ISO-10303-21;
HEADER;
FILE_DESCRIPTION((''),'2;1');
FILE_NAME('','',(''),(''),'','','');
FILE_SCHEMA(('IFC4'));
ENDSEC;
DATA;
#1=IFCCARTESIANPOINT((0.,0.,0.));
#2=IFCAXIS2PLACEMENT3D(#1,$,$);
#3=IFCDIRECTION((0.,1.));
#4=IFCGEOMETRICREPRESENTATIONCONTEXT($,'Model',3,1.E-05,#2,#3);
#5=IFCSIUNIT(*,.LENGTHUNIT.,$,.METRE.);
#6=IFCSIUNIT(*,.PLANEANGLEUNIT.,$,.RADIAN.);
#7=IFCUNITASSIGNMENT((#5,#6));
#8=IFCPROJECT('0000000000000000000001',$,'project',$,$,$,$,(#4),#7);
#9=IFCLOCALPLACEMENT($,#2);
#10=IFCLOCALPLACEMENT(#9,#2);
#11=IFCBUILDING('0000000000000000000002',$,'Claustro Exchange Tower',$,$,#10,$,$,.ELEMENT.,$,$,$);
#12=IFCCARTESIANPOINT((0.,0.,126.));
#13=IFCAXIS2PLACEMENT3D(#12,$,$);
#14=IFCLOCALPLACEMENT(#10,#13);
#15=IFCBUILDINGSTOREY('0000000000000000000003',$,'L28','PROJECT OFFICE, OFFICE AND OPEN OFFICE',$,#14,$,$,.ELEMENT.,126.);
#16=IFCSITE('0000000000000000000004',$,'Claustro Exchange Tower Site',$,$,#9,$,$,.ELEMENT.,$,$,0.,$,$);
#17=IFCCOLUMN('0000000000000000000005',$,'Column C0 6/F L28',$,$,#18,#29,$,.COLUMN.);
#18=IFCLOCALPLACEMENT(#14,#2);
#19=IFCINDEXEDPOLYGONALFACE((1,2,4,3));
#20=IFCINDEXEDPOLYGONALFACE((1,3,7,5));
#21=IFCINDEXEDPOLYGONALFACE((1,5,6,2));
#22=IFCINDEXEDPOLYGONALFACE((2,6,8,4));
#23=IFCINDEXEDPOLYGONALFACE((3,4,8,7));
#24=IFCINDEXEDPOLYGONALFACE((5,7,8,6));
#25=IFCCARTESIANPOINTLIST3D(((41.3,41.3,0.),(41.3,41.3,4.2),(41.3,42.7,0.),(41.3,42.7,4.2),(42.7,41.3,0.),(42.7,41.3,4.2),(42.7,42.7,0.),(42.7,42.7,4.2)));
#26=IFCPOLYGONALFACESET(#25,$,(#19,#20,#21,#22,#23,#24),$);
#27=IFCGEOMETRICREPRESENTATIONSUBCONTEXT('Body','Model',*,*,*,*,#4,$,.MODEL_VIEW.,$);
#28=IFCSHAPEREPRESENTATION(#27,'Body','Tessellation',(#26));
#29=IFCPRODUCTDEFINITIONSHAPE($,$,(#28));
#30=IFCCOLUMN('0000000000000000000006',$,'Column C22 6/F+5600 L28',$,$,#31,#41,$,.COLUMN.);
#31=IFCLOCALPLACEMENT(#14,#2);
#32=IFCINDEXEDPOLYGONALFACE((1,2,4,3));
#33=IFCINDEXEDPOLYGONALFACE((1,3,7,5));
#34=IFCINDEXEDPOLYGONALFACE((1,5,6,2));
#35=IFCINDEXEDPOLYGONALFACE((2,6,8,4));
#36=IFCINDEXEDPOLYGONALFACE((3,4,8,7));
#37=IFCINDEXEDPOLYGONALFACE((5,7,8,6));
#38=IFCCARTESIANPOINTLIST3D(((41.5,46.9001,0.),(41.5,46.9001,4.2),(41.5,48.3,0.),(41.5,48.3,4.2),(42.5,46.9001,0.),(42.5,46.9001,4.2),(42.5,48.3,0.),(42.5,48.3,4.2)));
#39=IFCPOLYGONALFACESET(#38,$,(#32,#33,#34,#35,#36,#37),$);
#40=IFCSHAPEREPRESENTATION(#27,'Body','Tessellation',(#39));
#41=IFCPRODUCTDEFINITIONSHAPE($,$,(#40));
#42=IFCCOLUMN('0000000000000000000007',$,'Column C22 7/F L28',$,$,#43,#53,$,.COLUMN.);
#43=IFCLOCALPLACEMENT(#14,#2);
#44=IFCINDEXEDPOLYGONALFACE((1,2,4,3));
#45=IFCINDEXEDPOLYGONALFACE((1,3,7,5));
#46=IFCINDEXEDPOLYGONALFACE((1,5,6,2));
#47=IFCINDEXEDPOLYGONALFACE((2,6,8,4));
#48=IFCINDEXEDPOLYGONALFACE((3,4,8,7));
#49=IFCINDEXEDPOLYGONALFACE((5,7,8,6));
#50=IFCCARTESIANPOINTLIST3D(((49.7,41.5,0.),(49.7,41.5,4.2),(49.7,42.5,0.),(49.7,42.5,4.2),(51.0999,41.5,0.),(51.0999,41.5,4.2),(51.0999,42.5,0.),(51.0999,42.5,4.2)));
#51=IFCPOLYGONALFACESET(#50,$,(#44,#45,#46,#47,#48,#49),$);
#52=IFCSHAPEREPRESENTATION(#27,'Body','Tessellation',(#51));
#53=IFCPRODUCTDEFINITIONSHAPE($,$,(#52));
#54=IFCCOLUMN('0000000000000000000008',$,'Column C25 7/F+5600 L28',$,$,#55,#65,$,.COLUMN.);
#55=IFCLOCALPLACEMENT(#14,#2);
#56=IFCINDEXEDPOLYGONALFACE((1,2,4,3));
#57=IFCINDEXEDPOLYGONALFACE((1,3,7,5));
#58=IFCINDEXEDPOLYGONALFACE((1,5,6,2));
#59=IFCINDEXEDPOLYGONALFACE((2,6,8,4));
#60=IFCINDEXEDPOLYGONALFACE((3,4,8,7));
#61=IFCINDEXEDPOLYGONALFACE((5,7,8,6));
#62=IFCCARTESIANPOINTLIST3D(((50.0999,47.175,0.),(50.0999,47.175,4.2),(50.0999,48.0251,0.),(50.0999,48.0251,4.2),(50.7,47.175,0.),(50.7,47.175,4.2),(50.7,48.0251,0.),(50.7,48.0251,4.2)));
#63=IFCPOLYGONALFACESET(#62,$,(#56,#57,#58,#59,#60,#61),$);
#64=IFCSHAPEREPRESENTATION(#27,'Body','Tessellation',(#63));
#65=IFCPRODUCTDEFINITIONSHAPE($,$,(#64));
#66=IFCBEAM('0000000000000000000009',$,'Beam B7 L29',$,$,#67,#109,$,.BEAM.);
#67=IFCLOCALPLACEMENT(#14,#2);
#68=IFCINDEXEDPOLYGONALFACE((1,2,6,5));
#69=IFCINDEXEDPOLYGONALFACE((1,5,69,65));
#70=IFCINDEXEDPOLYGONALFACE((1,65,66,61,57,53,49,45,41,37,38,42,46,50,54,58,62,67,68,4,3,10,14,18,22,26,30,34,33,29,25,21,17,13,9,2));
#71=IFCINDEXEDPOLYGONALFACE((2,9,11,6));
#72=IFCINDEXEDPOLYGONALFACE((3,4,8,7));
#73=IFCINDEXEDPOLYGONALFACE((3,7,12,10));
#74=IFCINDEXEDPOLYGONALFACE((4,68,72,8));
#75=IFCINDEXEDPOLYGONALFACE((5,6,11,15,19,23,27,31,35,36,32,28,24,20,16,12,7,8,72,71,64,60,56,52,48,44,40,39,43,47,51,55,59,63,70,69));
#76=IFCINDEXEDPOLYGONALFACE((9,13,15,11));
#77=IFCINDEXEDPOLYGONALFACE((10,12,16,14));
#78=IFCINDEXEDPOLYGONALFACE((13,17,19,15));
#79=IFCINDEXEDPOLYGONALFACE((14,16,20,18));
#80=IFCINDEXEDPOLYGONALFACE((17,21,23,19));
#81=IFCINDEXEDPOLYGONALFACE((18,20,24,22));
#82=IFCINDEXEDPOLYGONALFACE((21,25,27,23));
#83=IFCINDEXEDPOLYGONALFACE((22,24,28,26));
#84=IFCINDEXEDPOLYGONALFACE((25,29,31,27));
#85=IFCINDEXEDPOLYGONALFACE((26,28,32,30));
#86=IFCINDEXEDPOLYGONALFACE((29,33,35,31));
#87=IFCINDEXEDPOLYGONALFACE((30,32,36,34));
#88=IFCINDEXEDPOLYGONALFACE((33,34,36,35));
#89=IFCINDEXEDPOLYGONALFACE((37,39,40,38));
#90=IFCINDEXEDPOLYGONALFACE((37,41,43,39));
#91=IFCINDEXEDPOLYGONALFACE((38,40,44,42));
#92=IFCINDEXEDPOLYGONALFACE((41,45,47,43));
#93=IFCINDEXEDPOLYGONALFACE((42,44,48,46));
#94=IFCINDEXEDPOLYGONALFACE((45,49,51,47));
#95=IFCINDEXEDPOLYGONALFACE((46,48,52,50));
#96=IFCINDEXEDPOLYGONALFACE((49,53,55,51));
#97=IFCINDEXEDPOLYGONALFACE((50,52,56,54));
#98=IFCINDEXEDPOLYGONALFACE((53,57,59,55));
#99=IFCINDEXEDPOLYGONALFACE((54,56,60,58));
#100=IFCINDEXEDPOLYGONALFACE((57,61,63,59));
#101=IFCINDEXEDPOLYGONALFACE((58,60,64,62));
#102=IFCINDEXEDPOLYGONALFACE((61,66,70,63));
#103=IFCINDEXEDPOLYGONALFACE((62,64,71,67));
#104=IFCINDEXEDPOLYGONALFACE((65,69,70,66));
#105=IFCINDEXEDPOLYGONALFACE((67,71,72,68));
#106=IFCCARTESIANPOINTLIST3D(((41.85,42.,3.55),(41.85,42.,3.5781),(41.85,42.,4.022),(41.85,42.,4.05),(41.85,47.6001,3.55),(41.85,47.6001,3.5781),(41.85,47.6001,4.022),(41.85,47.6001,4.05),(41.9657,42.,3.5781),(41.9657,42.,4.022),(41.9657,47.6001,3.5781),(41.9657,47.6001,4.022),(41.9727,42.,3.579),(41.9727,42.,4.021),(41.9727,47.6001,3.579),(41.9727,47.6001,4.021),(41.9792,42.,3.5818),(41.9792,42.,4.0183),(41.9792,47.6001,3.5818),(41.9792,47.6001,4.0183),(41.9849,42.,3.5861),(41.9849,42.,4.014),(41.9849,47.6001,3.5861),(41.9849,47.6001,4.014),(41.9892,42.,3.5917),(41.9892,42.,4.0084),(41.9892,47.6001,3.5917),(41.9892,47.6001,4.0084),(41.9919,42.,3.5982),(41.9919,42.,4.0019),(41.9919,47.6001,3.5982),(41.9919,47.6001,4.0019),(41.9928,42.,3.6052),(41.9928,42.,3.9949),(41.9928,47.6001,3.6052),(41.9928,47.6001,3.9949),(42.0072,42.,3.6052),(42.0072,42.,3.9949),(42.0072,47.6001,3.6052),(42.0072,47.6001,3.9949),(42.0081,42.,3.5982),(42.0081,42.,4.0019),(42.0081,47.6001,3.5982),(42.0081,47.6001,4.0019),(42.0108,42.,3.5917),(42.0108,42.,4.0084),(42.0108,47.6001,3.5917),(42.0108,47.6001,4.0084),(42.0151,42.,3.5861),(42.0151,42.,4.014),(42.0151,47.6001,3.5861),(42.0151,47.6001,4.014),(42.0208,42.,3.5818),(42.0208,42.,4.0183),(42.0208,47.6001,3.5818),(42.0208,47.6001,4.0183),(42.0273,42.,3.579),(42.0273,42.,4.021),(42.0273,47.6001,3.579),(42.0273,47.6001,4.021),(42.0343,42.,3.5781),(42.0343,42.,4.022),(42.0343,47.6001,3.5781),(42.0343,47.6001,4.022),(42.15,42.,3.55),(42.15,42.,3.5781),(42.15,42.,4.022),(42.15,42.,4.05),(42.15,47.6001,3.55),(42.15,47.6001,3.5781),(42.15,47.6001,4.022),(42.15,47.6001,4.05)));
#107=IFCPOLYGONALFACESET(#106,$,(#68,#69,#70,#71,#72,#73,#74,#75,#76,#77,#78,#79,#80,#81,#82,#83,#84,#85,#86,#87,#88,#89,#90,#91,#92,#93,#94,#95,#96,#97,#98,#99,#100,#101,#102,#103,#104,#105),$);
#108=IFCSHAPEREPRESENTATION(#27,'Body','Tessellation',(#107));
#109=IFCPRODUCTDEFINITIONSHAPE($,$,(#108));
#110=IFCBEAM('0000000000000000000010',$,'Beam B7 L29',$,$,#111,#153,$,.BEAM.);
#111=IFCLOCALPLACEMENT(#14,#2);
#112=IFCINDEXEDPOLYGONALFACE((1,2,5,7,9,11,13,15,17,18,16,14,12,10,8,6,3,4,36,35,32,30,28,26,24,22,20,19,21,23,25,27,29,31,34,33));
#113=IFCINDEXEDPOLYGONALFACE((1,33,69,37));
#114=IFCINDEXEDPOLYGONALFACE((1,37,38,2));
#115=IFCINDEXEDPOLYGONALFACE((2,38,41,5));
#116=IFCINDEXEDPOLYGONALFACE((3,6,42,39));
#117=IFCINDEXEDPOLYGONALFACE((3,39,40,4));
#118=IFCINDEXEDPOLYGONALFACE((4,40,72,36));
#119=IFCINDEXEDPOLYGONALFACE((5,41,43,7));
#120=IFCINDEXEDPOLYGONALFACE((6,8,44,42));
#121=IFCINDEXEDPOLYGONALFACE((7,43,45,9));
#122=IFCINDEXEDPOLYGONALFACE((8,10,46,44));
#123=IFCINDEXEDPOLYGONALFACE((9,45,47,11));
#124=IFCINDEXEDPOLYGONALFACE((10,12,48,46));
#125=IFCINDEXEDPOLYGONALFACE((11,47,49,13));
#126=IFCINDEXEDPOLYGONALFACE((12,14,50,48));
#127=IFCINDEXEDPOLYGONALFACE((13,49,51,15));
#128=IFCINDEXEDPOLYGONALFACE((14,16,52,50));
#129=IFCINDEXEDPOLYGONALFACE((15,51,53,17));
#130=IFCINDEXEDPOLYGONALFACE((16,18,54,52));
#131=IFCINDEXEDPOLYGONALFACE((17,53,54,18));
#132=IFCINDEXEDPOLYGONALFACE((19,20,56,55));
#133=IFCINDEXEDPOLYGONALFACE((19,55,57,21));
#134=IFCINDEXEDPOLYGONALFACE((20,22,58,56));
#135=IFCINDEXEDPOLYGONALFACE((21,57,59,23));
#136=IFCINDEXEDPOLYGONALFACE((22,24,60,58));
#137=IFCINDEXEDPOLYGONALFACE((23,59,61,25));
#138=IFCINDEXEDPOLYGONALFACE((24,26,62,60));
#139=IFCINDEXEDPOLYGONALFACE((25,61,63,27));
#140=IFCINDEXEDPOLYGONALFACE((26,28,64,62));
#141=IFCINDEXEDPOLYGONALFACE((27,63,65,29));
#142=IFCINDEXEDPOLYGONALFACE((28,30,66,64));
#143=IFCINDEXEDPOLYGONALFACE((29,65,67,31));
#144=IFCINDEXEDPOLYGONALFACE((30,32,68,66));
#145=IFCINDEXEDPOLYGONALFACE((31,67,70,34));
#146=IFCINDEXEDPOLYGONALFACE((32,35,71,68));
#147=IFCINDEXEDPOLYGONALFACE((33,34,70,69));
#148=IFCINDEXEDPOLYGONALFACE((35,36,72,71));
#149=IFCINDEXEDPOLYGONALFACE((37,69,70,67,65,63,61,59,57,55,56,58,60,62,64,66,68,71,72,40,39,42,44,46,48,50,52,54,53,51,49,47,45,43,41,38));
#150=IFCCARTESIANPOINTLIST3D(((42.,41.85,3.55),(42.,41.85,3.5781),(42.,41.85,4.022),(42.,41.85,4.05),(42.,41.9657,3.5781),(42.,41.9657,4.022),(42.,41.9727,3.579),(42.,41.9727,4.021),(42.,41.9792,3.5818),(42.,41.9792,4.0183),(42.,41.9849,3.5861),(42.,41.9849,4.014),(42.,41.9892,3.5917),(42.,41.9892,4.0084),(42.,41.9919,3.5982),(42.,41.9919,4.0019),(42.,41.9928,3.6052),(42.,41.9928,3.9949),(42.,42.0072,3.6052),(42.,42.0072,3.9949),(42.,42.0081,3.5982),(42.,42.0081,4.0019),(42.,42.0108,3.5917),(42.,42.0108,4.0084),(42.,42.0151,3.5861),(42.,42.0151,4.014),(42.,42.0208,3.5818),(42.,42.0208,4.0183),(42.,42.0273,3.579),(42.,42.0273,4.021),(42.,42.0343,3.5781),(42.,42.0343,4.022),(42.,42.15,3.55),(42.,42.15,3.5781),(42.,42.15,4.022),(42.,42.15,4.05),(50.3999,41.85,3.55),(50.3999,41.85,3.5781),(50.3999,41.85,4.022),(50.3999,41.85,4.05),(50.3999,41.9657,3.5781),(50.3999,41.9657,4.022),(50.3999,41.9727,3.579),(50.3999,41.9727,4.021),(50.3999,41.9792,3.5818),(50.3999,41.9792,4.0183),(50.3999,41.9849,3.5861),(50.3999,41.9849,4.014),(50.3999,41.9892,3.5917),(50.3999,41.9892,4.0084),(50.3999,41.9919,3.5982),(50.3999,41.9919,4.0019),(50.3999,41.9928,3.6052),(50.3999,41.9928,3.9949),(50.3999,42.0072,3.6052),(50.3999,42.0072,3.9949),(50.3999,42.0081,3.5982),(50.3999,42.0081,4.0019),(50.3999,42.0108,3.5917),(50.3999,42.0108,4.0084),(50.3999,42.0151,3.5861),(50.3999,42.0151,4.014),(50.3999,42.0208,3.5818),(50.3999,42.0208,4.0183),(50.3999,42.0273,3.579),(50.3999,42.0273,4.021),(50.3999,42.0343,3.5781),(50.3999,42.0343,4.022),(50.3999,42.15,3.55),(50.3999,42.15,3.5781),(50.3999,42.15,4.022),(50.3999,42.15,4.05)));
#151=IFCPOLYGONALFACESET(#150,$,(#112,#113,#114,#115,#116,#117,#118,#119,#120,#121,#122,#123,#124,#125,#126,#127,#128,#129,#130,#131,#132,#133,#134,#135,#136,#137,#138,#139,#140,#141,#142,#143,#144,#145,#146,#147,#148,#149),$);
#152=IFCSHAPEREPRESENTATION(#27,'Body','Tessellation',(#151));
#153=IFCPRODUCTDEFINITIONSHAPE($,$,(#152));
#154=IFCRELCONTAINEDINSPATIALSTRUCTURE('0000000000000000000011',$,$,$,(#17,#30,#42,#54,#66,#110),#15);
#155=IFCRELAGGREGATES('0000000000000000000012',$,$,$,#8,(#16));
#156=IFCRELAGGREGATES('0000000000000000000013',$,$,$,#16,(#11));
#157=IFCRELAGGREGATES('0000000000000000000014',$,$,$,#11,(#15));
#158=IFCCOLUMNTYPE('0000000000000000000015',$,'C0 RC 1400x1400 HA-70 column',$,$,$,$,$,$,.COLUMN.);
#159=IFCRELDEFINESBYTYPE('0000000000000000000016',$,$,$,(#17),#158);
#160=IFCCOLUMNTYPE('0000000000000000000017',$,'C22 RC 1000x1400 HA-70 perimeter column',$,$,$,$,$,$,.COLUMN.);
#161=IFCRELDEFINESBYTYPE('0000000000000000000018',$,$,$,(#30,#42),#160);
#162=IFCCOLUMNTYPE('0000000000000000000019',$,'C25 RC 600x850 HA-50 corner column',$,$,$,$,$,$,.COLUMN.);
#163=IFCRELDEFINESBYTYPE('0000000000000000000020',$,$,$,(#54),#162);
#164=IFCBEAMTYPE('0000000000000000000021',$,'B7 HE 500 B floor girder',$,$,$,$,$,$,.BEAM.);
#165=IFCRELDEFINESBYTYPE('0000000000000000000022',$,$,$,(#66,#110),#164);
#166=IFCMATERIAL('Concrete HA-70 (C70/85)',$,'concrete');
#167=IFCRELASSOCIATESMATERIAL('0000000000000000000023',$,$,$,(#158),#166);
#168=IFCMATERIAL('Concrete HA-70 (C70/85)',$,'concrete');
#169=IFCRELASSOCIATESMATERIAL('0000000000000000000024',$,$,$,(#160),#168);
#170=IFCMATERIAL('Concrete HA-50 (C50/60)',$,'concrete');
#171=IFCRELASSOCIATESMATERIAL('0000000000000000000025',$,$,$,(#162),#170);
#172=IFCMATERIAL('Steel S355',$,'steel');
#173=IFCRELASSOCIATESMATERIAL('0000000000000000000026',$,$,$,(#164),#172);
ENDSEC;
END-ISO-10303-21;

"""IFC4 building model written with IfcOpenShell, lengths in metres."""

from ifc_helpers import new_model, si_unit, direction, frame, origin, origin_2d, place, context, subcontext, project, spatial, rectangle, i_section, extrude, material, material_profile, profile_set, type_object, element, save


model = new_model("IFC4")

# Units and contexts
model_context = context("Model", 3, precision=1e-05, world=origin(), true_north=direction((0.0, 1.0)))
body_context = subcontext(model_context, "Body", "Model", "MODEL_VIEW")
ifc_project = project(units=[si_unit("LENGTHUNIT", "METRE"), si_unit("PLANEANGLEUNIT", "RADIAN")], contexts=[model_context])

# Site, building, storey
site_placement = place(None, origin())
site = spatial("IfcSite", under=ifc_project, at=site_placement, Name="Claustro Exchange Tower Site", CompositionType="ELEMENT", RefElevation=0.0)
building_placement = place(site_placement, origin())
building = spatial("IfcBuilding", under=site, at=building_placement, Name="Claustro Exchange Tower", CompositionType="ELEMENT")
storey_placement = place(building_placement, frame((0.0, 0.0, 126.0)))
storey = spatial("IfcBuildingStorey", under=building, at=storey_placement, Name="L28", Description="PROJECT OFFICE, OFFICE AND OPEN OFFICE", CompositionType="ELEMENT", Elevation=126.0)

# Columns
ifc_material_1 = material(Name="Concrete HA-70 (C70/85)", Category="concrete")
ifc_material_profile_1 = material_profile(ifc_material_1, rectangle(XDim=1.3999, YDim=1.3999, at=origin_2d()), Name="RC 1400x1400")
ifc_profile_set_1 = profile_set([ifc_material_profile_1], Name="Concrete HA-70 (C70/85)")
column_type_1 = type_object("IfcColumnType", Name="C0 RC 1400x1400 HA-70 column", PredefinedType="COLUMN", material=ifc_profile_set_1)
column_1_placement = place(storey_placement, frame((42.0, 42.0, 0.0), z_axis=(0.0, 0.0, 1.0), x_axis=(1.0, 0.0, 0.0)))
element("IfcColumn", 1, at=column_1_placement, inside=storey, type_object=column_type_1, Name="Column C0 6/F L28", PredefinedType="COLUMN", context=body_context, shape_type="SweptSolid", body=[
    extrude(rectangle(XDim=1.3999, YDim=1.3999, at=origin_2d()), origin(), (0.0, 0.0, 1.0), 4.2),
])
ifc_material_2 = material(Name="Concrete HA-70 (C70/85)", Category="concrete")
ifc_material_profile_2 = material_profile(ifc_material_2, rectangle(XDim=1.0, YDim=1.3999, at=origin_2d()), Name="RC 1000x1400")
ifc_profile_set_2 = profile_set([ifc_material_profile_2], Name="Concrete HA-70 (C70/85)")
column_type_2 = type_object("IfcColumnType", Name="C22 RC 1000x1400 HA-70 perimeter column", PredefinedType="COLUMN", material=ifc_profile_set_2)
for number, where, z_axis, x_axis, name in (
    (2, (42.0, 47.6001, 0.0), (0.0, 0.0, 1.0), (1.0, 0.0, 0.0), "Column C22 6/F+5600 L28"),
    (3, (50.3999, 42.0, 0.0), (0.0, 0.0, 1.0), (0.0, 1.0, 0.0), "Column C22 7/F L28"),
):
    element("IfcColumn", number, at=place(storey_placement, frame(where, z_axis=z_axis, x_axis=x_axis)), inside=storey, type_object=column_type_2, Name=name, PredefinedType="COLUMN", context=body_context, shape_type="SweptSolid", body=[
        extrude(rectangle(XDim=1.0, YDim=1.3999, at=origin_2d()), origin(), (0.0, 0.0, 1.0), 4.2),
    ])
ifc_material_3 = material(Name="Concrete HA-50 (C50/60)", Category="concrete")
ifc_material_profile_3 = material_profile(ifc_material_3, rectangle(XDim=0.6001, YDim=0.8501, at=origin_2d()), Name="RC 600x850")
ifc_profile_set_3 = profile_set([ifc_material_profile_3], Name="Concrete HA-50 (C50/60)")
column_type_3 = type_object("IfcColumnType", Name="C25 RC 600x850 HA-50 corner column", PredefinedType="COLUMN", material=ifc_profile_set_3)
column_2_placement = place(storey_placement, frame((50.3999, 47.6001, 0.0), z_axis=(0.0, 0.0, 1.0), x_axis=(1.0, 0.0, 0.0)))
element("IfcColumn", 4, at=column_2_placement, inside=storey, type_object=column_type_3, Name="Column C25 7/F+5600 L28", PredefinedType="COLUMN", context=body_context, shape_type="SweptSolid", body=[
    extrude(rectangle(XDim=0.6001, YDim=0.8501, at=origin_2d()), origin(), (0.0, 0.0, 1.0), 4.2),
])

# Beams
ifc_material_4 = material(Name="Steel S355", Category="steel")
ifc_material_profile_4 = material_profile(ifc_material_4, i_section(OverallWidth=0.3, OverallDepth=0.5, WebThickness=0.0144, FlangeThickness=0.0281, FilletRadius=0.0271, at=origin_2d()), Name="HE 500 B")
ifc_profile_set_4 = profile_set([ifc_material_profile_4], Name="Steel S355")
beam_type_1 = type_object("IfcBeamType", Name="B7 HE 500 B floor girder", PredefinedType="BEAM", material=ifc_profile_set_4)
beam_1_placement = place(storey_placement, frame((42.0, 42.0, 3.8), z_axis=(0.0, 1.0, 0.0), x_axis=(-1.0, 0.0, 0.0)))
element("IfcBeam", 5, at=beam_1_placement, inside=storey, type_object=beam_type_1, Name="Beam B7 L29", PredefinedType="BEAM", context=body_context, shape_type="SweptSolid", body=[
    extrude(i_section(OverallWidth=0.3, OverallDepth=0.5, WebThickness=0.0144, FlangeThickness=0.0281, FilletRadius=0.0271, at=origin_2d()), origin(), (0.0, 0.0, 1.0), 5.6001),
])
beam_2_placement = place(storey_placement, frame((42.0, 42.0, 3.8), z_axis=(1.0, 0.0, 0.0), x_axis=(0.0, 1.0, 0.0)))
element("IfcBeam", 6, at=beam_2_placement, inside=storey, type_object=beam_type_1, Name="Beam B7 L29", PredefinedType="BEAM", context=body_context, shape_type="SweptSolid", body=[
    extrude(i_section(OverallWidth=0.3, OverallDepth=0.5, WebThickness=0.0144, FlangeThickness=0.0281, FilletRadius=0.0271, at=origin_2d()), origin(), (0.0, 0.0, 1.0), 8.3999),
])

save(model, "model.ifc")
